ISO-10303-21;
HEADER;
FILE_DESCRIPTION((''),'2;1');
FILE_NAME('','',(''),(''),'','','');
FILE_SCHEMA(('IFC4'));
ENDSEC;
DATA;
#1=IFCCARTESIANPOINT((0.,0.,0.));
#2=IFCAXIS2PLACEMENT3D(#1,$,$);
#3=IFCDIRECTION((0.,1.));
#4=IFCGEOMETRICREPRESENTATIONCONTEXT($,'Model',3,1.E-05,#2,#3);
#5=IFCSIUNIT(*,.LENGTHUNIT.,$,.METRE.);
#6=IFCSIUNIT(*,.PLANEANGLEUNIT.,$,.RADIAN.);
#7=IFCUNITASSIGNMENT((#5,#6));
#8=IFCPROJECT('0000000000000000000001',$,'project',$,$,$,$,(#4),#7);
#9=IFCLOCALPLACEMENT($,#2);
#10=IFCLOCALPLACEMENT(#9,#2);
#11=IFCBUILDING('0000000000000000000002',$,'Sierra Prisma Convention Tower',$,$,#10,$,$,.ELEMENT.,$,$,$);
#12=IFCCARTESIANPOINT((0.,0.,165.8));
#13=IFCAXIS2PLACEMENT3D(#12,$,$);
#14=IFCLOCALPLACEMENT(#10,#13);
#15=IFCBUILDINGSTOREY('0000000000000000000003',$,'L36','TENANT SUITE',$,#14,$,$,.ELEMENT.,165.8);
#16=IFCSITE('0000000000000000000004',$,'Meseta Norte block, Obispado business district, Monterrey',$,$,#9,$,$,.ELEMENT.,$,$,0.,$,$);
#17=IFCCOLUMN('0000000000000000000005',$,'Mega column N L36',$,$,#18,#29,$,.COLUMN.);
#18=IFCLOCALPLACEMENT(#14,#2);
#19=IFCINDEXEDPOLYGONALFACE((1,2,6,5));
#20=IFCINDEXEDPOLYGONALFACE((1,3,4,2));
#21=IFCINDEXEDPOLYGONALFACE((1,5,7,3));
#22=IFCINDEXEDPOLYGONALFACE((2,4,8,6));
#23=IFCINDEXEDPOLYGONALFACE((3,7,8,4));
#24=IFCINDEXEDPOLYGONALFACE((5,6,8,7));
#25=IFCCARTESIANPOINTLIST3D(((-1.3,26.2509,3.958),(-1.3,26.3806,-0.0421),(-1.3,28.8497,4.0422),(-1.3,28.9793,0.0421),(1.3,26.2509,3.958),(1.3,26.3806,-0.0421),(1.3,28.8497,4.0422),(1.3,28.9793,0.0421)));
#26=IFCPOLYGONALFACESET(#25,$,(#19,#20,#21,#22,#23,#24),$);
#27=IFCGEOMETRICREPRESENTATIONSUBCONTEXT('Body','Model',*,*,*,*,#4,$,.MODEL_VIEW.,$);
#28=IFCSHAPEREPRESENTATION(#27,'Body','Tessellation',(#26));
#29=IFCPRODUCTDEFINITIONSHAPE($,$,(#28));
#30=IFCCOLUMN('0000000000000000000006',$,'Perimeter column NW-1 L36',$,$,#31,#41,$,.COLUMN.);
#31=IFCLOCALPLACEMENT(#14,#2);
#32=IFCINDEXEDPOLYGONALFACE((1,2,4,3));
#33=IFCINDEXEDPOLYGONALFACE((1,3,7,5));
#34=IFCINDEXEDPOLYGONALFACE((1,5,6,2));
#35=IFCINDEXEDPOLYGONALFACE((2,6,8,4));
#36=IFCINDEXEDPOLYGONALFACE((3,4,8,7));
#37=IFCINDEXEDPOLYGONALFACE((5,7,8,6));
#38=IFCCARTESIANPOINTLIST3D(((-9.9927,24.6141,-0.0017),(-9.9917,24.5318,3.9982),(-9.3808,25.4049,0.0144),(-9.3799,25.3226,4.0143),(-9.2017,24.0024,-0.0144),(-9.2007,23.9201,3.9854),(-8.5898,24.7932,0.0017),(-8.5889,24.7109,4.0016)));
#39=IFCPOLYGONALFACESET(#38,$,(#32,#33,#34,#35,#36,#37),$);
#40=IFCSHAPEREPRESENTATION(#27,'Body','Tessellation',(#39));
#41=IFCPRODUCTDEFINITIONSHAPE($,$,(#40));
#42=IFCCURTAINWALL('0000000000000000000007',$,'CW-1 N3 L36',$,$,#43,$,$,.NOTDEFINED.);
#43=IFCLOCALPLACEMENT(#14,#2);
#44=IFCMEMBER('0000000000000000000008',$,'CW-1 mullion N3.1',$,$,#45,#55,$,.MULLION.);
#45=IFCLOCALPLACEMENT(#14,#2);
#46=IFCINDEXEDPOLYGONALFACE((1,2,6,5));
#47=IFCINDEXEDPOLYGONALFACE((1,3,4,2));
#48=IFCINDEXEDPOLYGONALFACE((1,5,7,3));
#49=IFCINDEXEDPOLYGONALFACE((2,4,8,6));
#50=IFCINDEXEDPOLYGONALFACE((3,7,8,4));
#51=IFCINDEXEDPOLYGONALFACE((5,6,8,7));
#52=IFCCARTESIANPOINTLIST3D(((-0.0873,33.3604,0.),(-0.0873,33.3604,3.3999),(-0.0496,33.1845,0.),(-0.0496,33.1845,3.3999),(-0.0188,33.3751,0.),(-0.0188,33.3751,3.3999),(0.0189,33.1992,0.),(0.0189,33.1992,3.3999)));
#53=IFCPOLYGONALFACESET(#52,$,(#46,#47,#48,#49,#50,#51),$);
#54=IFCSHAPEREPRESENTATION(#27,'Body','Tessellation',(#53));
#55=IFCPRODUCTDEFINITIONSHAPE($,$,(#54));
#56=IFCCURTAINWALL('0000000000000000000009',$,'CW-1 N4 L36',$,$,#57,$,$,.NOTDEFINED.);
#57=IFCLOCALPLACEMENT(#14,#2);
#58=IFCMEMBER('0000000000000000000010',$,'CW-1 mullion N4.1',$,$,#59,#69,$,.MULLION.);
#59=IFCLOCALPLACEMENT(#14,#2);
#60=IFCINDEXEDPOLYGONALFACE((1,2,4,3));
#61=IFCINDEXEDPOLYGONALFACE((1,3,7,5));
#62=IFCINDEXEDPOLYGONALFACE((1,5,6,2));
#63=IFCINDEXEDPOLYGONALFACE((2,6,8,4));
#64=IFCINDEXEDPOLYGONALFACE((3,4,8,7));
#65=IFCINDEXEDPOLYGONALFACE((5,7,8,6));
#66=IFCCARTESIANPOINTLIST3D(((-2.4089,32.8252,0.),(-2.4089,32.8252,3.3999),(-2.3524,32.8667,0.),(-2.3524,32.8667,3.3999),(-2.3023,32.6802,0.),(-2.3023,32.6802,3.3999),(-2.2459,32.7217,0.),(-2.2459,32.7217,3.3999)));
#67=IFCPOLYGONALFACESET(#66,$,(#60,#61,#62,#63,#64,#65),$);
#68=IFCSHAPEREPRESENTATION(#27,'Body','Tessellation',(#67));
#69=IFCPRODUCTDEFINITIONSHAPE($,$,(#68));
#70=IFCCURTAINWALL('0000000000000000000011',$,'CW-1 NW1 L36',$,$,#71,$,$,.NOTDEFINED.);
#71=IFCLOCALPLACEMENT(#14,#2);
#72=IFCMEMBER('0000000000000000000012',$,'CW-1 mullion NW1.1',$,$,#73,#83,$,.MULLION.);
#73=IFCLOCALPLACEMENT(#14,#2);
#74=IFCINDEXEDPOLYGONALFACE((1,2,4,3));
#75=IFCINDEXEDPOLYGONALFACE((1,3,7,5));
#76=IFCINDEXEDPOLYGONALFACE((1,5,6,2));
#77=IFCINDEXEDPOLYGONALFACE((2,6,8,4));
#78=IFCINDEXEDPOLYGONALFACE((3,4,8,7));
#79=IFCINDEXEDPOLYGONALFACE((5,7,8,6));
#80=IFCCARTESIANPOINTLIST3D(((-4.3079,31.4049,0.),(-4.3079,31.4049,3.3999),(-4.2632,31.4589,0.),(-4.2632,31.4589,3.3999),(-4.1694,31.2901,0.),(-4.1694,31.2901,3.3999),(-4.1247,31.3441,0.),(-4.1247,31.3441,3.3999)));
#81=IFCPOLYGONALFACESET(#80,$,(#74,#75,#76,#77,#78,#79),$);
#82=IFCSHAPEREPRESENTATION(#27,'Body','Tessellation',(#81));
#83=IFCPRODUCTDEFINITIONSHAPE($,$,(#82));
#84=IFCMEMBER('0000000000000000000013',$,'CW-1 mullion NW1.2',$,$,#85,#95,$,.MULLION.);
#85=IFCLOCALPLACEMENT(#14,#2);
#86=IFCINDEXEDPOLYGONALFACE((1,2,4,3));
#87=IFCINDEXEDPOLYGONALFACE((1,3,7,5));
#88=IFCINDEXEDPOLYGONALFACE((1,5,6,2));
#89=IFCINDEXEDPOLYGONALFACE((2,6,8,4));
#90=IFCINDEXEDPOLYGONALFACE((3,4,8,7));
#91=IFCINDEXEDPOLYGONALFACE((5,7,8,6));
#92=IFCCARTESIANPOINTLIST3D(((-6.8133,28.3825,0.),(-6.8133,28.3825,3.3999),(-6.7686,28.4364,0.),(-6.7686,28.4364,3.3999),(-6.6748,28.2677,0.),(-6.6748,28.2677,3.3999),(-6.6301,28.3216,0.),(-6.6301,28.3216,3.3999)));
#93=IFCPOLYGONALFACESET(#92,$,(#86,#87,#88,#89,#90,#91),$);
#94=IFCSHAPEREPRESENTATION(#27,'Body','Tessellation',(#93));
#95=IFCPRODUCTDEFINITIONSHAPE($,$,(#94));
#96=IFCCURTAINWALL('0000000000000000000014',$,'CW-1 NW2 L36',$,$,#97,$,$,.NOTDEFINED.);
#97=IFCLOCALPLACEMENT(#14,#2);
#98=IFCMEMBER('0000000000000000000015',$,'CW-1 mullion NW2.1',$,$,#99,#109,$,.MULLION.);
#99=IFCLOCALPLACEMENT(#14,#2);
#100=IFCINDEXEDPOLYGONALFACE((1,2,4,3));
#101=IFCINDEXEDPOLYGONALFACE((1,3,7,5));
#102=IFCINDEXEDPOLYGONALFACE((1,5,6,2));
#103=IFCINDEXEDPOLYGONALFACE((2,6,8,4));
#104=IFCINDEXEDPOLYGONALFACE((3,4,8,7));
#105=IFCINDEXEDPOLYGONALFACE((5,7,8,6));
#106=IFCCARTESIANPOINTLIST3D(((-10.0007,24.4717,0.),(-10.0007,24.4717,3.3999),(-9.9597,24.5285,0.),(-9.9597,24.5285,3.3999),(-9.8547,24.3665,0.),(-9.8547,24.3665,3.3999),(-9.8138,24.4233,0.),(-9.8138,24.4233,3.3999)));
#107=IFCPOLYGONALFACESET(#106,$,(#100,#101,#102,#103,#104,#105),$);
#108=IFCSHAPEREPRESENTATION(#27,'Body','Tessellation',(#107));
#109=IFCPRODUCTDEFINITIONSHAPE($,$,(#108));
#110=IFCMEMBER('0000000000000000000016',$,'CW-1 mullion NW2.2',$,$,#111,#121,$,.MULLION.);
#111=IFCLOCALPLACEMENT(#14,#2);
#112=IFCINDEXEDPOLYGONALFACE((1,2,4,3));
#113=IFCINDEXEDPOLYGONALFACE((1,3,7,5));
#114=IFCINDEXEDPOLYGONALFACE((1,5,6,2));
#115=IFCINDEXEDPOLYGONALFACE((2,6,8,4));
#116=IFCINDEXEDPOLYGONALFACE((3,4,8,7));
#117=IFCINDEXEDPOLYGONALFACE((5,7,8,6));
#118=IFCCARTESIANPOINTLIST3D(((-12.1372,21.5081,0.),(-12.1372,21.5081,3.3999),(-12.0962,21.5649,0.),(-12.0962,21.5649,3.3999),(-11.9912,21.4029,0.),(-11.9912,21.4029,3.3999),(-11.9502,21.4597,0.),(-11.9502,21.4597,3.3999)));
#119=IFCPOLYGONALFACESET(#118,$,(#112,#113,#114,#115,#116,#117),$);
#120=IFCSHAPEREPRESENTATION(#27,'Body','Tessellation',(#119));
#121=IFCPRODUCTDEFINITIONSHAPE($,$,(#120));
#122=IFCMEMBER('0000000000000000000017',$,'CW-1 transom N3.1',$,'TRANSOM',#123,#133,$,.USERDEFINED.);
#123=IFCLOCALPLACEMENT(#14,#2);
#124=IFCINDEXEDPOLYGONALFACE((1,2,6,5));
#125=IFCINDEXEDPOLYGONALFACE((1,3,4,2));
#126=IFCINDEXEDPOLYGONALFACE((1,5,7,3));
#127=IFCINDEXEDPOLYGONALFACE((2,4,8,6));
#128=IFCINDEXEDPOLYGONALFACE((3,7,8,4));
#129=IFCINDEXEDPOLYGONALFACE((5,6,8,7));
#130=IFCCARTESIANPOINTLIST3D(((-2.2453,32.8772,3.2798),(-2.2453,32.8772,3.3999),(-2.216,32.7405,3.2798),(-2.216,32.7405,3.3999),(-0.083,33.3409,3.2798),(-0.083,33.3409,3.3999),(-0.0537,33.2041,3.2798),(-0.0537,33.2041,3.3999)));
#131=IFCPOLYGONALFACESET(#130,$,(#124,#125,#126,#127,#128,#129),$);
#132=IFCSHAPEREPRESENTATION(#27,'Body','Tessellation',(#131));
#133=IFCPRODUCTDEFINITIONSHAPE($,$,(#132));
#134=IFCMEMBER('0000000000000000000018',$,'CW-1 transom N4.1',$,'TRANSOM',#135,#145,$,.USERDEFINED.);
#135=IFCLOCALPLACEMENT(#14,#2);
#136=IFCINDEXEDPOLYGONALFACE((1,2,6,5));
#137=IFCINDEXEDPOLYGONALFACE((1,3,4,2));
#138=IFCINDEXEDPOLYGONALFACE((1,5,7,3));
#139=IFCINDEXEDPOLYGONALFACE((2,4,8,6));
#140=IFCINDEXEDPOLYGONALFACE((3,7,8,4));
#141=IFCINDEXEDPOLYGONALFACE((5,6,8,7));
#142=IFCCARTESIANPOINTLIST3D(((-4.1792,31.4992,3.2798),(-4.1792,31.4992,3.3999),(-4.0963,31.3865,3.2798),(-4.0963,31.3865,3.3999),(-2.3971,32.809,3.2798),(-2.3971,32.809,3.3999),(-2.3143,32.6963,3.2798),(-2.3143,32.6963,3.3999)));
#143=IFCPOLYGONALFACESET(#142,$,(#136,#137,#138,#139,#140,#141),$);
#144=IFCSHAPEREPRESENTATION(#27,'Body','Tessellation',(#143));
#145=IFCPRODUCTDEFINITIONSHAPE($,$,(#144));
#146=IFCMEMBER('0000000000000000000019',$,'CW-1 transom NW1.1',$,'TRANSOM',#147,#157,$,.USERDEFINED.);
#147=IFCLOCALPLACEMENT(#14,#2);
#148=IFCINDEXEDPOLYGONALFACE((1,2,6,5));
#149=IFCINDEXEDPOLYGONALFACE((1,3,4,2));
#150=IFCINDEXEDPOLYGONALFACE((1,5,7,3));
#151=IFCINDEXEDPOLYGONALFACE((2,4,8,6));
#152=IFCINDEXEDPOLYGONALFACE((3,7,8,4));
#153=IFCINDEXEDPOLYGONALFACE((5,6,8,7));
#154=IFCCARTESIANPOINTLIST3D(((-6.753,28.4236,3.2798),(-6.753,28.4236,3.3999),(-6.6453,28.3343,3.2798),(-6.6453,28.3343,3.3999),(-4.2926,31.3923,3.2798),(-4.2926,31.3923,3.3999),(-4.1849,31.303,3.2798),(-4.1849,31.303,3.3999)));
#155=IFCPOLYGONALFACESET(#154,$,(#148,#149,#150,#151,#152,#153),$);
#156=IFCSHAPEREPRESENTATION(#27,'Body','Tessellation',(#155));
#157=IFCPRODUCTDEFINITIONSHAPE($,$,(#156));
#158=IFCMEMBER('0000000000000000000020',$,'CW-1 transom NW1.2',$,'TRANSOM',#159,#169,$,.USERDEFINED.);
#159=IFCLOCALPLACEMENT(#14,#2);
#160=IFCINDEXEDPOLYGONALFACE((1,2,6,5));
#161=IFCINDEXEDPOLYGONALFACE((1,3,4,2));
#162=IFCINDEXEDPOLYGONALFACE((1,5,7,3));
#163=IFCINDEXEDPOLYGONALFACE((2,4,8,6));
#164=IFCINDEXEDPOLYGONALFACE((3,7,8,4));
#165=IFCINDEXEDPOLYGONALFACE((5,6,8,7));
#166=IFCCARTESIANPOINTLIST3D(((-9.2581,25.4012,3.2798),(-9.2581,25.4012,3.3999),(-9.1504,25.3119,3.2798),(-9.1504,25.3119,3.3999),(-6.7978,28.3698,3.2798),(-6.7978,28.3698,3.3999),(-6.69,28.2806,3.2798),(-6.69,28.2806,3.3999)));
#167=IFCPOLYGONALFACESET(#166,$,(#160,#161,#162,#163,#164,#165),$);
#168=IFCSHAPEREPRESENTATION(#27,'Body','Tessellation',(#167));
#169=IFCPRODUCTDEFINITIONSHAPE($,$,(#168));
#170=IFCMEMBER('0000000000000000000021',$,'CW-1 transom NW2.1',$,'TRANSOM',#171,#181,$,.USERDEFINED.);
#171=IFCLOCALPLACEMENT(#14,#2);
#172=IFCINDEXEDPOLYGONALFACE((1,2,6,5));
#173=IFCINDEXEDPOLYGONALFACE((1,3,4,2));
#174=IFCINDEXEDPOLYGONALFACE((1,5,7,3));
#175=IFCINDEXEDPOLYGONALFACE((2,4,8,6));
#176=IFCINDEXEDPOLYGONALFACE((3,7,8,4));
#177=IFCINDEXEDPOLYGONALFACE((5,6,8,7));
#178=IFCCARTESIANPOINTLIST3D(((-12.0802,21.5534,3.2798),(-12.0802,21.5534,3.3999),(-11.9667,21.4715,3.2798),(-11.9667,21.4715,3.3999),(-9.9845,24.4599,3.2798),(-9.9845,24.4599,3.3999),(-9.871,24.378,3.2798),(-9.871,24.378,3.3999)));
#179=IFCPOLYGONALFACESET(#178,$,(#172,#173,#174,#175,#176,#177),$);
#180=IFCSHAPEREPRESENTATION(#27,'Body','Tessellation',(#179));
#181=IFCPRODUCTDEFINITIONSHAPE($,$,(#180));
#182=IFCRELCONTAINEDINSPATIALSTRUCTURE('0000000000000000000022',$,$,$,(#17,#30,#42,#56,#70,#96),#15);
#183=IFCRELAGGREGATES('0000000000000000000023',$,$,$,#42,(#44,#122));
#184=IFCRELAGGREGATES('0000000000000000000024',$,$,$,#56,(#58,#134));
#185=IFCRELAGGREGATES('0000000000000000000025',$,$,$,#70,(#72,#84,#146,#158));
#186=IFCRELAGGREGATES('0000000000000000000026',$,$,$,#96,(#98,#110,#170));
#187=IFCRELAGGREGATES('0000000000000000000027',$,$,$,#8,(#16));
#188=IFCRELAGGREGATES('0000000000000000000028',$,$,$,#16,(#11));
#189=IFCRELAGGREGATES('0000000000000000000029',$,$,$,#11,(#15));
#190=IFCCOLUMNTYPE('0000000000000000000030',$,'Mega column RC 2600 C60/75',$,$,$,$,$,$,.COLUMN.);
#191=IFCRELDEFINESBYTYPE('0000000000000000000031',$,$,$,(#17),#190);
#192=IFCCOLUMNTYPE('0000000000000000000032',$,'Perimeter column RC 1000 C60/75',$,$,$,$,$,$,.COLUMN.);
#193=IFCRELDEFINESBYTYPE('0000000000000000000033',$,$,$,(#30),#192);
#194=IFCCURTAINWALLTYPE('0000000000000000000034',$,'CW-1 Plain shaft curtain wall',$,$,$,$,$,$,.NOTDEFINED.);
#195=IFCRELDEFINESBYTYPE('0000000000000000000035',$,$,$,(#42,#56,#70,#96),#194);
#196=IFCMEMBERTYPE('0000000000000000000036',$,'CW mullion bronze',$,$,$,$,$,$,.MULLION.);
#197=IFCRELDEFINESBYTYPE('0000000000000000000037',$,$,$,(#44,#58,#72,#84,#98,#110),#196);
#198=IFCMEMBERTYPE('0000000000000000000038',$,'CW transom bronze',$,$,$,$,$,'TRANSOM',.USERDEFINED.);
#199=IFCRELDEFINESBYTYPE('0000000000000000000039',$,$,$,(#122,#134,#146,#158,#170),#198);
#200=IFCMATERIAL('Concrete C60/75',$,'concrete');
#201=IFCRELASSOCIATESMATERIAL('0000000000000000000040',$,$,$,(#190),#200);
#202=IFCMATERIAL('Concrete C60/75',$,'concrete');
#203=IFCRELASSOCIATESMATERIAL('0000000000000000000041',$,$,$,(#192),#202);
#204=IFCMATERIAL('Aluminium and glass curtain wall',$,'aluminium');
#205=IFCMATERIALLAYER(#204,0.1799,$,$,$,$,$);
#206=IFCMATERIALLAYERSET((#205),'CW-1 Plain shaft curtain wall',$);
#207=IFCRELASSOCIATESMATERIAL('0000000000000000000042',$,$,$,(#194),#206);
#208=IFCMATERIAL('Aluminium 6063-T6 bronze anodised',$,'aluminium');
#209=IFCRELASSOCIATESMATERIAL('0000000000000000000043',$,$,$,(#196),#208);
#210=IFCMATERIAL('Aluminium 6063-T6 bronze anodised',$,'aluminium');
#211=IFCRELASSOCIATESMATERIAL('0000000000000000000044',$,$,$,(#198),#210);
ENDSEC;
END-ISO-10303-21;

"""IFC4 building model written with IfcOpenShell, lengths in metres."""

from ifc_helpers import new_model, si_unit, direction, frame, origin, origin_2d, place, context, subcontext, project, spatial, rectangle, extrude, material, layer, layer_set, material_profile, profile_set, type_object, element, aggregate, save


model = new_model("IFC4")

# Units and contexts
model_context = context("Model", 3, precision=1e-05, world=origin(), true_north=direction((0.0, 1.0)))
body_context = subcontext(model_context, "Body", "Model", "MODEL_VIEW")
ifc_project = project(units=[si_unit("LENGTHUNIT", "METRE"), si_unit("PLANEANGLEUNIT", "RADIAN")], contexts=[model_context])

# Site, building, storey
site_placement = place(None, origin())
site = spatial("IfcSite", under=ifc_project, at=site_placement, Name="Meseta Norte block, Obispado business district, Monterrey", CompositionType="ELEMENT", RefElevation=0.0)
building_placement = place(site_placement, origin())
building = spatial("IfcBuilding", under=site, at=building_placement, Name="Sierra Prisma Convention Tower", CompositionType="ELEMENT")
storey_placement = place(building_placement, frame((0.0, 0.0, 165.8)))
storey = spatial("IfcBuildingStorey", under=building, at=storey_placement, Name="L36", Description="TENANT SUITE", CompositionType="ELEMENT", Elevation=165.8)

# Columns
ifc_material_1 = material(Name="Concrete C60/75", Category="concrete")
ifc_material_profile_1 = material_profile(ifc_material_1, rectangle(XDim=2.6001, YDim=2.6001, at=origin_2d()), Name="Mega column RC 2600 C60/75")
ifc_profile_set_1 = profile_set([ifc_material_profile_1], Name="Concrete C60/75")
column_type_1 = type_object("IfcColumnType", Name="Mega column RC 2600 C60/75", PredefinedType="COLUMN", material=ifc_profile_set_1)
column_1_placement = place(storey_placement, frame((0.0, 27.6799, 0.0), z_axis=(0.0, -0.032393, 0.999475), x_axis=(1.0, 0.0, 0.0)))
element("IfcColumn", 1, at=column_1_placement, inside=storey, type_object=column_type_1, Name="Mega column N L36", PredefinedType="COLUMN", context=body_context, shape_type="SweptSolid", body=[
    extrude(rectangle(XDim=2.6001, YDim=2.6001, at=origin_2d()), origin(), (0.0, 0.0, 1.0), 4.0022),
])
ifc_material_2 = material(Name="Concrete C60/75", Category="concrete")
ifc_material_profile_2 = material_profile(ifc_material_2, rectangle(XDim=1.0, YDim=1.0, at=origin_2d()), Name="Perimeter column RC 1000 C60/75")
ifc_profile_set_2 = profile_set([ifc_material_profile_2], Name="Concrete C60/75")
column_type_2 = type_object("IfcColumnType", Name="Perimeter column RC 1000 C60/75", PredefinedType="COLUMN", material=ifc_profile_set_2)
column_2_placement = place(storey_placement, frame((-9.2913, 24.7036, 0.0), z_axis=(0.000244, -0.020564, 0.999788), x_axis=(0.611834, 0.790822, 0.016117)))
element("IfcColumn", 2, at=column_2_placement, inside=storey, type_object=column_type_2, Name="Perimeter column NW-1 L36", PredefinedType="COLUMN", context=body_context, shape_type="SweptSolid", body=[
    extrude(rectangle(XDim=1.0, YDim=1.0, at=origin_2d()), origin(), (0.0, 0.0, 1.0), 4.0007),
])

# Curtain walls, members
ifc_material_3 = material(Name="Aluminium and glass curtain wall", Category="aluminium")
ifc_layer_1 = layer(ifc_material_3, 0.1799)
ifc_layer_set_1 = layer_set([ifc_layer_1], Name="CW-1 Plain shaft curtain wall")
curtain_wall_type = type_object("IfcCurtainWallType", Name="CW-1 Plain shaft curtain wall", PredefinedType="NOTDEFINED", material=ifc_layer_set_1)
curtain_wall_1_placement = place(storey_placement, origin())
curtain_wall_1 = element("IfcCurtainWall", 3, at=curtain_wall_1_placement, inside=storey, type_object=curtain_wall_type, Name="CW-1 N3 L36", PredefinedType="NOTDEFINED")
ifc_material_4 = material(Name="Aluminium 6063-T6 bronze anodised", Category="aluminium")
ifc_material_profile_3 = material_profile(ifc_material_4, rectangle(XDim=0.1799, YDim=0.0701, at=origin_2d()), Name="ALU MULLION 70x180")
ifc_profile_set_3 = profile_set([ifc_material_profile_3], Name="Aluminium 6063-T6 bronze anodised")
member_type_1 = type_object("IfcMemberType", Name="CW mullion bronze", PredefinedType="MULLION", material=ifc_profile_set_3)
member_1_placement = place(storey_placement, frame((-0.0342, 33.2798, 0.0), z_axis=(0.0, 0.0, 1.0), x_axis=(0.20969, -0.977768, 0.0)))
member_1 = element("IfcMember", 4, at=member_1_placement, type_object=member_type_1, Name="CW-1 mullion N3.1", PredefinedType="MULLION", context=body_context, shape_type="SweptSolid", body=[
    extrude(rectangle(XDim=0.1799, YDim=0.0701, at=origin_2d()), origin(), (0.0, 0.0, 1.0), 3.3999),
])
curtain_wall_2_placement = place(storey_placement, origin())
curtain_wall_2 = element("IfcCurtainWall", 5, at=curtain_wall_2_placement, inside=storey, type_object=curtain_wall_type, Name="CW-1 N4 L36", PredefinedType="NOTDEFINED")
member_2_placement = place(storey_placement, frame((-2.3274, 32.7734, 0.0), z_axis=(0.0, 0.0, 1.0), x_axis=(0.592189, -0.805799, 0.0)))
member_2 = element("IfcMember", 6, at=member_2_placement, type_object=member_type_1, Name="CW-1 mullion N4.1", PredefinedType="MULLION", context=body_context, shape_type="SweptSolid", body=[
    extrude(rectangle(XDim=0.1799, YDim=0.0701, at=origin_2d()), origin(), (0.0, 0.0, 1.0), 3.3999),
])

# Curtain walls, members
curtain_wall_3_placement = place(storey_placement, origin())
curtain_wall_3 = element("IfcCurtainWall", 7, at=curtain_wall_3_placement, inside=storey, type_object=curtain_wall_type, Name="CW-1 NW1 L36", PredefinedType="NOTDEFINED")
member_3_placement = place(storey_placement, frame((-4.2163, 31.3745, 0.0), z_axis=(0.0, 0.0, 1.0), x_axis=(0.769926, -0.638133, 0.0)))
member_3 = element("IfcMember", 8, at=member_3_placement, type_object=member_type_1, Name="CW-1 mullion NW1.1", PredefinedType="MULLION", context=body_context, shape_type="SweptSolid", body=[
    extrude(rectangle(XDim=0.1799, YDim=0.0701, at=origin_2d()), origin(), (0.0, 0.0, 1.0), 3.3999),
])
member_4_placement = place(storey_placement, frame((-6.7217, 28.3521, 0.0), z_axis=(0.0, 0.0, 1.0), x_axis=(0.769926, -0.638133, 0.0)))
member_4 = element("IfcMember", 9, at=member_4_placement, type_object=member_type_1, Name="CW-1 mullion NW1.2", PredefinedType="MULLION", context=body_context, shape_type="SweptSolid", body=[
    extrude(rectangle(XDim=0.1799, YDim=0.0701, at=origin_2d()), origin(), (0.0, 0.0, 1.0), 3.3999),
])
curtain_wall_4_placement = place(storey_placement, origin())
curtain_wall_4 = element("IfcCurtainWall", 10, at=curtain_wall_4_placement, inside=storey, type_object=curtain_wall_type, Name="CW-1 NW2 L36", PredefinedType="NOTDEFINED")
member_5_placement = place(storey_placement, frame((-9.9072, 24.4475, 0.0), z_axis=(0.0, 0.0, 1.0), x_axis=(0.811149, -0.58484, 0.0)))
member_5 = element("IfcMember", 11, at=member_5_placement, type_object=member_type_1, Name="CW-1 mullion NW2.1", PredefinedType="MULLION", context=body_context, shape_type="SweptSolid", body=[
    extrude(rectangle(XDim=0.1799, YDim=0.0701, at=origin_2d()), origin(), (0.0, 0.0, 1.0), 3.3999),
])
member_6_placement = place(storey_placement, frame((-12.0437, 21.4839, 0.0), z_axis=(0.0, 0.0, 1.0), x_axis=(0.811149, -0.58484, 0.0)))
member_6 = element("IfcMember", 12, at=member_6_placement, type_object=member_type_1, Name="CW-1 mullion NW2.2", PredefinedType="MULLION", context=body_context, shape_type="SweptSolid", body=[
    extrude(rectangle(XDim=0.1799, YDim=0.0701, at=origin_2d()), origin(), (0.0, 0.0, 1.0), 3.3999),
])

# Members
ifc_material_5 = material(Name="Aluminium 6063-T6 bronze anodised", Category="aluminium")
ifc_material_profile_4 = material_profile(ifc_material_5, rectangle(XDim=0.1399, YDim=0.1201, at=origin_2d()), Name="ALU TRANSOM 120x140")
ifc_profile_set_4 = profile_set([ifc_material_profile_4], Name="Aluminium 6063-T6 bronze anodised")
member_type_2 = type_object("IfcMemberType", Name="CW transom bronze", ElementType="TRANSOM", PredefinedType="USERDEFINED", material=ifc_profile_set_4)
member_7_placement = place(storey_placement, frame((-0.0684, 33.2725, 3.3398), z_axis=(-0.977778, -0.209642, 0.0), x_axis=(0.209642, -0.977778, 0.0)))
member_7 = element("IfcMember", 13, at=member_7_placement, type_object=member_type_2, Name="CW-1 transom N3.1", ObjectType="TRANSOM", PredefinedType="USERDEFINED", context=body_context, shape_type="SweptSolid", body=[
    extrude(rectangle(XDim=0.1399, YDim=0.1201, at=origin_2d()), origin(), (0.0, 0.0, 1.0), 2.2114),
])
member_8_placement = place(storey_placement, frame((-2.3557, 32.7527, 3.3398), z_axis=(-0.805752, -0.592253, 0.0), x_axis=(0.592253, -0.805752, 0.0)))
member_8 = element("IfcMember", 14, at=member_8_placement, type_object=member_type_2, Name="CW-1 transom N4.1", ObjectType="TRANSOM", PredefinedType="USERDEFINED", context=body_context, shape_type="SweptSolid", body=[
    extrude(rectangle(XDim=0.1399, YDim=0.1201, at=origin_2d()), origin(), (0.0, 0.0, 1.0), 2.2117),
])
member_9_placement = place(storey_placement, frame((-4.2388, 31.3477, 3.3398), z_axis=(-0.638114, -0.769942, 0.0), x_axis=(0.769942, -0.638114, 0.0)))
member_9 = element("IfcMember", 15, at=member_9_placement, type_object=member_type_2, Name="CW-1 transom NW1.1", ObjectType="TRANSOM", PredefinedType="USERDEFINED", context=body_context, shape_type="SweptSolid", body=[
    extrude(rectangle(XDim=0.1399, YDim=0.1201, at=origin_2d()), origin(), (0.0, 0.0, 1.0), 3.8557),
])
member_10_placement = place(storey_placement, frame((-6.7439, 28.3252, 3.3398), z_axis=(-0.638114, -0.769942, 0.0), x_axis=(0.769942, -0.638114, 0.0)))
member_10 = element("IfcMember", 16, at=member_10_placement, type_object=member_type_2, Name="CW-1 transom NW1.2", ObjectType="TRANSOM", PredefinedType="USERDEFINED", context=body_context, shape_type="SweptSolid", body=[
    extrude(rectangle(XDim=0.1399, YDim=0.1201, at=origin_2d()), origin(), (0.0, 0.0, 1.0), 3.8557),
])
member_11_placement = place(storey_placement, frame((-9.9277, 24.4189, 3.3398), z_axis=(-0.584861, -0.811134, 0.0), x_axis=(0.811134, -0.584861, 0.0)))
member_11 = element("IfcMember", 17, at=member_11_placement, type_object=member_type_2, Name="CW-1 transom NW2.1", ObjectType="TRANSOM", PredefinedType="USERDEFINED", context=body_context, shape_type="SweptSolid", body=[
    extrude(rectangle(XDim=0.1399, YDim=0.1201, at=origin_2d()), origin(), (0.0, 0.0, 1.0), 3.5833),
])

aggregate(curtain_wall_1, [member_1, member_7])
aggregate(curtain_wall_2, [member_2, member_8])
aggregate(curtain_wall_3, [member_3, member_4, member_9, member_10])
aggregate(curtain_wall_4, [member_5, member_6, member_11])

save(model, "model.ifc")
